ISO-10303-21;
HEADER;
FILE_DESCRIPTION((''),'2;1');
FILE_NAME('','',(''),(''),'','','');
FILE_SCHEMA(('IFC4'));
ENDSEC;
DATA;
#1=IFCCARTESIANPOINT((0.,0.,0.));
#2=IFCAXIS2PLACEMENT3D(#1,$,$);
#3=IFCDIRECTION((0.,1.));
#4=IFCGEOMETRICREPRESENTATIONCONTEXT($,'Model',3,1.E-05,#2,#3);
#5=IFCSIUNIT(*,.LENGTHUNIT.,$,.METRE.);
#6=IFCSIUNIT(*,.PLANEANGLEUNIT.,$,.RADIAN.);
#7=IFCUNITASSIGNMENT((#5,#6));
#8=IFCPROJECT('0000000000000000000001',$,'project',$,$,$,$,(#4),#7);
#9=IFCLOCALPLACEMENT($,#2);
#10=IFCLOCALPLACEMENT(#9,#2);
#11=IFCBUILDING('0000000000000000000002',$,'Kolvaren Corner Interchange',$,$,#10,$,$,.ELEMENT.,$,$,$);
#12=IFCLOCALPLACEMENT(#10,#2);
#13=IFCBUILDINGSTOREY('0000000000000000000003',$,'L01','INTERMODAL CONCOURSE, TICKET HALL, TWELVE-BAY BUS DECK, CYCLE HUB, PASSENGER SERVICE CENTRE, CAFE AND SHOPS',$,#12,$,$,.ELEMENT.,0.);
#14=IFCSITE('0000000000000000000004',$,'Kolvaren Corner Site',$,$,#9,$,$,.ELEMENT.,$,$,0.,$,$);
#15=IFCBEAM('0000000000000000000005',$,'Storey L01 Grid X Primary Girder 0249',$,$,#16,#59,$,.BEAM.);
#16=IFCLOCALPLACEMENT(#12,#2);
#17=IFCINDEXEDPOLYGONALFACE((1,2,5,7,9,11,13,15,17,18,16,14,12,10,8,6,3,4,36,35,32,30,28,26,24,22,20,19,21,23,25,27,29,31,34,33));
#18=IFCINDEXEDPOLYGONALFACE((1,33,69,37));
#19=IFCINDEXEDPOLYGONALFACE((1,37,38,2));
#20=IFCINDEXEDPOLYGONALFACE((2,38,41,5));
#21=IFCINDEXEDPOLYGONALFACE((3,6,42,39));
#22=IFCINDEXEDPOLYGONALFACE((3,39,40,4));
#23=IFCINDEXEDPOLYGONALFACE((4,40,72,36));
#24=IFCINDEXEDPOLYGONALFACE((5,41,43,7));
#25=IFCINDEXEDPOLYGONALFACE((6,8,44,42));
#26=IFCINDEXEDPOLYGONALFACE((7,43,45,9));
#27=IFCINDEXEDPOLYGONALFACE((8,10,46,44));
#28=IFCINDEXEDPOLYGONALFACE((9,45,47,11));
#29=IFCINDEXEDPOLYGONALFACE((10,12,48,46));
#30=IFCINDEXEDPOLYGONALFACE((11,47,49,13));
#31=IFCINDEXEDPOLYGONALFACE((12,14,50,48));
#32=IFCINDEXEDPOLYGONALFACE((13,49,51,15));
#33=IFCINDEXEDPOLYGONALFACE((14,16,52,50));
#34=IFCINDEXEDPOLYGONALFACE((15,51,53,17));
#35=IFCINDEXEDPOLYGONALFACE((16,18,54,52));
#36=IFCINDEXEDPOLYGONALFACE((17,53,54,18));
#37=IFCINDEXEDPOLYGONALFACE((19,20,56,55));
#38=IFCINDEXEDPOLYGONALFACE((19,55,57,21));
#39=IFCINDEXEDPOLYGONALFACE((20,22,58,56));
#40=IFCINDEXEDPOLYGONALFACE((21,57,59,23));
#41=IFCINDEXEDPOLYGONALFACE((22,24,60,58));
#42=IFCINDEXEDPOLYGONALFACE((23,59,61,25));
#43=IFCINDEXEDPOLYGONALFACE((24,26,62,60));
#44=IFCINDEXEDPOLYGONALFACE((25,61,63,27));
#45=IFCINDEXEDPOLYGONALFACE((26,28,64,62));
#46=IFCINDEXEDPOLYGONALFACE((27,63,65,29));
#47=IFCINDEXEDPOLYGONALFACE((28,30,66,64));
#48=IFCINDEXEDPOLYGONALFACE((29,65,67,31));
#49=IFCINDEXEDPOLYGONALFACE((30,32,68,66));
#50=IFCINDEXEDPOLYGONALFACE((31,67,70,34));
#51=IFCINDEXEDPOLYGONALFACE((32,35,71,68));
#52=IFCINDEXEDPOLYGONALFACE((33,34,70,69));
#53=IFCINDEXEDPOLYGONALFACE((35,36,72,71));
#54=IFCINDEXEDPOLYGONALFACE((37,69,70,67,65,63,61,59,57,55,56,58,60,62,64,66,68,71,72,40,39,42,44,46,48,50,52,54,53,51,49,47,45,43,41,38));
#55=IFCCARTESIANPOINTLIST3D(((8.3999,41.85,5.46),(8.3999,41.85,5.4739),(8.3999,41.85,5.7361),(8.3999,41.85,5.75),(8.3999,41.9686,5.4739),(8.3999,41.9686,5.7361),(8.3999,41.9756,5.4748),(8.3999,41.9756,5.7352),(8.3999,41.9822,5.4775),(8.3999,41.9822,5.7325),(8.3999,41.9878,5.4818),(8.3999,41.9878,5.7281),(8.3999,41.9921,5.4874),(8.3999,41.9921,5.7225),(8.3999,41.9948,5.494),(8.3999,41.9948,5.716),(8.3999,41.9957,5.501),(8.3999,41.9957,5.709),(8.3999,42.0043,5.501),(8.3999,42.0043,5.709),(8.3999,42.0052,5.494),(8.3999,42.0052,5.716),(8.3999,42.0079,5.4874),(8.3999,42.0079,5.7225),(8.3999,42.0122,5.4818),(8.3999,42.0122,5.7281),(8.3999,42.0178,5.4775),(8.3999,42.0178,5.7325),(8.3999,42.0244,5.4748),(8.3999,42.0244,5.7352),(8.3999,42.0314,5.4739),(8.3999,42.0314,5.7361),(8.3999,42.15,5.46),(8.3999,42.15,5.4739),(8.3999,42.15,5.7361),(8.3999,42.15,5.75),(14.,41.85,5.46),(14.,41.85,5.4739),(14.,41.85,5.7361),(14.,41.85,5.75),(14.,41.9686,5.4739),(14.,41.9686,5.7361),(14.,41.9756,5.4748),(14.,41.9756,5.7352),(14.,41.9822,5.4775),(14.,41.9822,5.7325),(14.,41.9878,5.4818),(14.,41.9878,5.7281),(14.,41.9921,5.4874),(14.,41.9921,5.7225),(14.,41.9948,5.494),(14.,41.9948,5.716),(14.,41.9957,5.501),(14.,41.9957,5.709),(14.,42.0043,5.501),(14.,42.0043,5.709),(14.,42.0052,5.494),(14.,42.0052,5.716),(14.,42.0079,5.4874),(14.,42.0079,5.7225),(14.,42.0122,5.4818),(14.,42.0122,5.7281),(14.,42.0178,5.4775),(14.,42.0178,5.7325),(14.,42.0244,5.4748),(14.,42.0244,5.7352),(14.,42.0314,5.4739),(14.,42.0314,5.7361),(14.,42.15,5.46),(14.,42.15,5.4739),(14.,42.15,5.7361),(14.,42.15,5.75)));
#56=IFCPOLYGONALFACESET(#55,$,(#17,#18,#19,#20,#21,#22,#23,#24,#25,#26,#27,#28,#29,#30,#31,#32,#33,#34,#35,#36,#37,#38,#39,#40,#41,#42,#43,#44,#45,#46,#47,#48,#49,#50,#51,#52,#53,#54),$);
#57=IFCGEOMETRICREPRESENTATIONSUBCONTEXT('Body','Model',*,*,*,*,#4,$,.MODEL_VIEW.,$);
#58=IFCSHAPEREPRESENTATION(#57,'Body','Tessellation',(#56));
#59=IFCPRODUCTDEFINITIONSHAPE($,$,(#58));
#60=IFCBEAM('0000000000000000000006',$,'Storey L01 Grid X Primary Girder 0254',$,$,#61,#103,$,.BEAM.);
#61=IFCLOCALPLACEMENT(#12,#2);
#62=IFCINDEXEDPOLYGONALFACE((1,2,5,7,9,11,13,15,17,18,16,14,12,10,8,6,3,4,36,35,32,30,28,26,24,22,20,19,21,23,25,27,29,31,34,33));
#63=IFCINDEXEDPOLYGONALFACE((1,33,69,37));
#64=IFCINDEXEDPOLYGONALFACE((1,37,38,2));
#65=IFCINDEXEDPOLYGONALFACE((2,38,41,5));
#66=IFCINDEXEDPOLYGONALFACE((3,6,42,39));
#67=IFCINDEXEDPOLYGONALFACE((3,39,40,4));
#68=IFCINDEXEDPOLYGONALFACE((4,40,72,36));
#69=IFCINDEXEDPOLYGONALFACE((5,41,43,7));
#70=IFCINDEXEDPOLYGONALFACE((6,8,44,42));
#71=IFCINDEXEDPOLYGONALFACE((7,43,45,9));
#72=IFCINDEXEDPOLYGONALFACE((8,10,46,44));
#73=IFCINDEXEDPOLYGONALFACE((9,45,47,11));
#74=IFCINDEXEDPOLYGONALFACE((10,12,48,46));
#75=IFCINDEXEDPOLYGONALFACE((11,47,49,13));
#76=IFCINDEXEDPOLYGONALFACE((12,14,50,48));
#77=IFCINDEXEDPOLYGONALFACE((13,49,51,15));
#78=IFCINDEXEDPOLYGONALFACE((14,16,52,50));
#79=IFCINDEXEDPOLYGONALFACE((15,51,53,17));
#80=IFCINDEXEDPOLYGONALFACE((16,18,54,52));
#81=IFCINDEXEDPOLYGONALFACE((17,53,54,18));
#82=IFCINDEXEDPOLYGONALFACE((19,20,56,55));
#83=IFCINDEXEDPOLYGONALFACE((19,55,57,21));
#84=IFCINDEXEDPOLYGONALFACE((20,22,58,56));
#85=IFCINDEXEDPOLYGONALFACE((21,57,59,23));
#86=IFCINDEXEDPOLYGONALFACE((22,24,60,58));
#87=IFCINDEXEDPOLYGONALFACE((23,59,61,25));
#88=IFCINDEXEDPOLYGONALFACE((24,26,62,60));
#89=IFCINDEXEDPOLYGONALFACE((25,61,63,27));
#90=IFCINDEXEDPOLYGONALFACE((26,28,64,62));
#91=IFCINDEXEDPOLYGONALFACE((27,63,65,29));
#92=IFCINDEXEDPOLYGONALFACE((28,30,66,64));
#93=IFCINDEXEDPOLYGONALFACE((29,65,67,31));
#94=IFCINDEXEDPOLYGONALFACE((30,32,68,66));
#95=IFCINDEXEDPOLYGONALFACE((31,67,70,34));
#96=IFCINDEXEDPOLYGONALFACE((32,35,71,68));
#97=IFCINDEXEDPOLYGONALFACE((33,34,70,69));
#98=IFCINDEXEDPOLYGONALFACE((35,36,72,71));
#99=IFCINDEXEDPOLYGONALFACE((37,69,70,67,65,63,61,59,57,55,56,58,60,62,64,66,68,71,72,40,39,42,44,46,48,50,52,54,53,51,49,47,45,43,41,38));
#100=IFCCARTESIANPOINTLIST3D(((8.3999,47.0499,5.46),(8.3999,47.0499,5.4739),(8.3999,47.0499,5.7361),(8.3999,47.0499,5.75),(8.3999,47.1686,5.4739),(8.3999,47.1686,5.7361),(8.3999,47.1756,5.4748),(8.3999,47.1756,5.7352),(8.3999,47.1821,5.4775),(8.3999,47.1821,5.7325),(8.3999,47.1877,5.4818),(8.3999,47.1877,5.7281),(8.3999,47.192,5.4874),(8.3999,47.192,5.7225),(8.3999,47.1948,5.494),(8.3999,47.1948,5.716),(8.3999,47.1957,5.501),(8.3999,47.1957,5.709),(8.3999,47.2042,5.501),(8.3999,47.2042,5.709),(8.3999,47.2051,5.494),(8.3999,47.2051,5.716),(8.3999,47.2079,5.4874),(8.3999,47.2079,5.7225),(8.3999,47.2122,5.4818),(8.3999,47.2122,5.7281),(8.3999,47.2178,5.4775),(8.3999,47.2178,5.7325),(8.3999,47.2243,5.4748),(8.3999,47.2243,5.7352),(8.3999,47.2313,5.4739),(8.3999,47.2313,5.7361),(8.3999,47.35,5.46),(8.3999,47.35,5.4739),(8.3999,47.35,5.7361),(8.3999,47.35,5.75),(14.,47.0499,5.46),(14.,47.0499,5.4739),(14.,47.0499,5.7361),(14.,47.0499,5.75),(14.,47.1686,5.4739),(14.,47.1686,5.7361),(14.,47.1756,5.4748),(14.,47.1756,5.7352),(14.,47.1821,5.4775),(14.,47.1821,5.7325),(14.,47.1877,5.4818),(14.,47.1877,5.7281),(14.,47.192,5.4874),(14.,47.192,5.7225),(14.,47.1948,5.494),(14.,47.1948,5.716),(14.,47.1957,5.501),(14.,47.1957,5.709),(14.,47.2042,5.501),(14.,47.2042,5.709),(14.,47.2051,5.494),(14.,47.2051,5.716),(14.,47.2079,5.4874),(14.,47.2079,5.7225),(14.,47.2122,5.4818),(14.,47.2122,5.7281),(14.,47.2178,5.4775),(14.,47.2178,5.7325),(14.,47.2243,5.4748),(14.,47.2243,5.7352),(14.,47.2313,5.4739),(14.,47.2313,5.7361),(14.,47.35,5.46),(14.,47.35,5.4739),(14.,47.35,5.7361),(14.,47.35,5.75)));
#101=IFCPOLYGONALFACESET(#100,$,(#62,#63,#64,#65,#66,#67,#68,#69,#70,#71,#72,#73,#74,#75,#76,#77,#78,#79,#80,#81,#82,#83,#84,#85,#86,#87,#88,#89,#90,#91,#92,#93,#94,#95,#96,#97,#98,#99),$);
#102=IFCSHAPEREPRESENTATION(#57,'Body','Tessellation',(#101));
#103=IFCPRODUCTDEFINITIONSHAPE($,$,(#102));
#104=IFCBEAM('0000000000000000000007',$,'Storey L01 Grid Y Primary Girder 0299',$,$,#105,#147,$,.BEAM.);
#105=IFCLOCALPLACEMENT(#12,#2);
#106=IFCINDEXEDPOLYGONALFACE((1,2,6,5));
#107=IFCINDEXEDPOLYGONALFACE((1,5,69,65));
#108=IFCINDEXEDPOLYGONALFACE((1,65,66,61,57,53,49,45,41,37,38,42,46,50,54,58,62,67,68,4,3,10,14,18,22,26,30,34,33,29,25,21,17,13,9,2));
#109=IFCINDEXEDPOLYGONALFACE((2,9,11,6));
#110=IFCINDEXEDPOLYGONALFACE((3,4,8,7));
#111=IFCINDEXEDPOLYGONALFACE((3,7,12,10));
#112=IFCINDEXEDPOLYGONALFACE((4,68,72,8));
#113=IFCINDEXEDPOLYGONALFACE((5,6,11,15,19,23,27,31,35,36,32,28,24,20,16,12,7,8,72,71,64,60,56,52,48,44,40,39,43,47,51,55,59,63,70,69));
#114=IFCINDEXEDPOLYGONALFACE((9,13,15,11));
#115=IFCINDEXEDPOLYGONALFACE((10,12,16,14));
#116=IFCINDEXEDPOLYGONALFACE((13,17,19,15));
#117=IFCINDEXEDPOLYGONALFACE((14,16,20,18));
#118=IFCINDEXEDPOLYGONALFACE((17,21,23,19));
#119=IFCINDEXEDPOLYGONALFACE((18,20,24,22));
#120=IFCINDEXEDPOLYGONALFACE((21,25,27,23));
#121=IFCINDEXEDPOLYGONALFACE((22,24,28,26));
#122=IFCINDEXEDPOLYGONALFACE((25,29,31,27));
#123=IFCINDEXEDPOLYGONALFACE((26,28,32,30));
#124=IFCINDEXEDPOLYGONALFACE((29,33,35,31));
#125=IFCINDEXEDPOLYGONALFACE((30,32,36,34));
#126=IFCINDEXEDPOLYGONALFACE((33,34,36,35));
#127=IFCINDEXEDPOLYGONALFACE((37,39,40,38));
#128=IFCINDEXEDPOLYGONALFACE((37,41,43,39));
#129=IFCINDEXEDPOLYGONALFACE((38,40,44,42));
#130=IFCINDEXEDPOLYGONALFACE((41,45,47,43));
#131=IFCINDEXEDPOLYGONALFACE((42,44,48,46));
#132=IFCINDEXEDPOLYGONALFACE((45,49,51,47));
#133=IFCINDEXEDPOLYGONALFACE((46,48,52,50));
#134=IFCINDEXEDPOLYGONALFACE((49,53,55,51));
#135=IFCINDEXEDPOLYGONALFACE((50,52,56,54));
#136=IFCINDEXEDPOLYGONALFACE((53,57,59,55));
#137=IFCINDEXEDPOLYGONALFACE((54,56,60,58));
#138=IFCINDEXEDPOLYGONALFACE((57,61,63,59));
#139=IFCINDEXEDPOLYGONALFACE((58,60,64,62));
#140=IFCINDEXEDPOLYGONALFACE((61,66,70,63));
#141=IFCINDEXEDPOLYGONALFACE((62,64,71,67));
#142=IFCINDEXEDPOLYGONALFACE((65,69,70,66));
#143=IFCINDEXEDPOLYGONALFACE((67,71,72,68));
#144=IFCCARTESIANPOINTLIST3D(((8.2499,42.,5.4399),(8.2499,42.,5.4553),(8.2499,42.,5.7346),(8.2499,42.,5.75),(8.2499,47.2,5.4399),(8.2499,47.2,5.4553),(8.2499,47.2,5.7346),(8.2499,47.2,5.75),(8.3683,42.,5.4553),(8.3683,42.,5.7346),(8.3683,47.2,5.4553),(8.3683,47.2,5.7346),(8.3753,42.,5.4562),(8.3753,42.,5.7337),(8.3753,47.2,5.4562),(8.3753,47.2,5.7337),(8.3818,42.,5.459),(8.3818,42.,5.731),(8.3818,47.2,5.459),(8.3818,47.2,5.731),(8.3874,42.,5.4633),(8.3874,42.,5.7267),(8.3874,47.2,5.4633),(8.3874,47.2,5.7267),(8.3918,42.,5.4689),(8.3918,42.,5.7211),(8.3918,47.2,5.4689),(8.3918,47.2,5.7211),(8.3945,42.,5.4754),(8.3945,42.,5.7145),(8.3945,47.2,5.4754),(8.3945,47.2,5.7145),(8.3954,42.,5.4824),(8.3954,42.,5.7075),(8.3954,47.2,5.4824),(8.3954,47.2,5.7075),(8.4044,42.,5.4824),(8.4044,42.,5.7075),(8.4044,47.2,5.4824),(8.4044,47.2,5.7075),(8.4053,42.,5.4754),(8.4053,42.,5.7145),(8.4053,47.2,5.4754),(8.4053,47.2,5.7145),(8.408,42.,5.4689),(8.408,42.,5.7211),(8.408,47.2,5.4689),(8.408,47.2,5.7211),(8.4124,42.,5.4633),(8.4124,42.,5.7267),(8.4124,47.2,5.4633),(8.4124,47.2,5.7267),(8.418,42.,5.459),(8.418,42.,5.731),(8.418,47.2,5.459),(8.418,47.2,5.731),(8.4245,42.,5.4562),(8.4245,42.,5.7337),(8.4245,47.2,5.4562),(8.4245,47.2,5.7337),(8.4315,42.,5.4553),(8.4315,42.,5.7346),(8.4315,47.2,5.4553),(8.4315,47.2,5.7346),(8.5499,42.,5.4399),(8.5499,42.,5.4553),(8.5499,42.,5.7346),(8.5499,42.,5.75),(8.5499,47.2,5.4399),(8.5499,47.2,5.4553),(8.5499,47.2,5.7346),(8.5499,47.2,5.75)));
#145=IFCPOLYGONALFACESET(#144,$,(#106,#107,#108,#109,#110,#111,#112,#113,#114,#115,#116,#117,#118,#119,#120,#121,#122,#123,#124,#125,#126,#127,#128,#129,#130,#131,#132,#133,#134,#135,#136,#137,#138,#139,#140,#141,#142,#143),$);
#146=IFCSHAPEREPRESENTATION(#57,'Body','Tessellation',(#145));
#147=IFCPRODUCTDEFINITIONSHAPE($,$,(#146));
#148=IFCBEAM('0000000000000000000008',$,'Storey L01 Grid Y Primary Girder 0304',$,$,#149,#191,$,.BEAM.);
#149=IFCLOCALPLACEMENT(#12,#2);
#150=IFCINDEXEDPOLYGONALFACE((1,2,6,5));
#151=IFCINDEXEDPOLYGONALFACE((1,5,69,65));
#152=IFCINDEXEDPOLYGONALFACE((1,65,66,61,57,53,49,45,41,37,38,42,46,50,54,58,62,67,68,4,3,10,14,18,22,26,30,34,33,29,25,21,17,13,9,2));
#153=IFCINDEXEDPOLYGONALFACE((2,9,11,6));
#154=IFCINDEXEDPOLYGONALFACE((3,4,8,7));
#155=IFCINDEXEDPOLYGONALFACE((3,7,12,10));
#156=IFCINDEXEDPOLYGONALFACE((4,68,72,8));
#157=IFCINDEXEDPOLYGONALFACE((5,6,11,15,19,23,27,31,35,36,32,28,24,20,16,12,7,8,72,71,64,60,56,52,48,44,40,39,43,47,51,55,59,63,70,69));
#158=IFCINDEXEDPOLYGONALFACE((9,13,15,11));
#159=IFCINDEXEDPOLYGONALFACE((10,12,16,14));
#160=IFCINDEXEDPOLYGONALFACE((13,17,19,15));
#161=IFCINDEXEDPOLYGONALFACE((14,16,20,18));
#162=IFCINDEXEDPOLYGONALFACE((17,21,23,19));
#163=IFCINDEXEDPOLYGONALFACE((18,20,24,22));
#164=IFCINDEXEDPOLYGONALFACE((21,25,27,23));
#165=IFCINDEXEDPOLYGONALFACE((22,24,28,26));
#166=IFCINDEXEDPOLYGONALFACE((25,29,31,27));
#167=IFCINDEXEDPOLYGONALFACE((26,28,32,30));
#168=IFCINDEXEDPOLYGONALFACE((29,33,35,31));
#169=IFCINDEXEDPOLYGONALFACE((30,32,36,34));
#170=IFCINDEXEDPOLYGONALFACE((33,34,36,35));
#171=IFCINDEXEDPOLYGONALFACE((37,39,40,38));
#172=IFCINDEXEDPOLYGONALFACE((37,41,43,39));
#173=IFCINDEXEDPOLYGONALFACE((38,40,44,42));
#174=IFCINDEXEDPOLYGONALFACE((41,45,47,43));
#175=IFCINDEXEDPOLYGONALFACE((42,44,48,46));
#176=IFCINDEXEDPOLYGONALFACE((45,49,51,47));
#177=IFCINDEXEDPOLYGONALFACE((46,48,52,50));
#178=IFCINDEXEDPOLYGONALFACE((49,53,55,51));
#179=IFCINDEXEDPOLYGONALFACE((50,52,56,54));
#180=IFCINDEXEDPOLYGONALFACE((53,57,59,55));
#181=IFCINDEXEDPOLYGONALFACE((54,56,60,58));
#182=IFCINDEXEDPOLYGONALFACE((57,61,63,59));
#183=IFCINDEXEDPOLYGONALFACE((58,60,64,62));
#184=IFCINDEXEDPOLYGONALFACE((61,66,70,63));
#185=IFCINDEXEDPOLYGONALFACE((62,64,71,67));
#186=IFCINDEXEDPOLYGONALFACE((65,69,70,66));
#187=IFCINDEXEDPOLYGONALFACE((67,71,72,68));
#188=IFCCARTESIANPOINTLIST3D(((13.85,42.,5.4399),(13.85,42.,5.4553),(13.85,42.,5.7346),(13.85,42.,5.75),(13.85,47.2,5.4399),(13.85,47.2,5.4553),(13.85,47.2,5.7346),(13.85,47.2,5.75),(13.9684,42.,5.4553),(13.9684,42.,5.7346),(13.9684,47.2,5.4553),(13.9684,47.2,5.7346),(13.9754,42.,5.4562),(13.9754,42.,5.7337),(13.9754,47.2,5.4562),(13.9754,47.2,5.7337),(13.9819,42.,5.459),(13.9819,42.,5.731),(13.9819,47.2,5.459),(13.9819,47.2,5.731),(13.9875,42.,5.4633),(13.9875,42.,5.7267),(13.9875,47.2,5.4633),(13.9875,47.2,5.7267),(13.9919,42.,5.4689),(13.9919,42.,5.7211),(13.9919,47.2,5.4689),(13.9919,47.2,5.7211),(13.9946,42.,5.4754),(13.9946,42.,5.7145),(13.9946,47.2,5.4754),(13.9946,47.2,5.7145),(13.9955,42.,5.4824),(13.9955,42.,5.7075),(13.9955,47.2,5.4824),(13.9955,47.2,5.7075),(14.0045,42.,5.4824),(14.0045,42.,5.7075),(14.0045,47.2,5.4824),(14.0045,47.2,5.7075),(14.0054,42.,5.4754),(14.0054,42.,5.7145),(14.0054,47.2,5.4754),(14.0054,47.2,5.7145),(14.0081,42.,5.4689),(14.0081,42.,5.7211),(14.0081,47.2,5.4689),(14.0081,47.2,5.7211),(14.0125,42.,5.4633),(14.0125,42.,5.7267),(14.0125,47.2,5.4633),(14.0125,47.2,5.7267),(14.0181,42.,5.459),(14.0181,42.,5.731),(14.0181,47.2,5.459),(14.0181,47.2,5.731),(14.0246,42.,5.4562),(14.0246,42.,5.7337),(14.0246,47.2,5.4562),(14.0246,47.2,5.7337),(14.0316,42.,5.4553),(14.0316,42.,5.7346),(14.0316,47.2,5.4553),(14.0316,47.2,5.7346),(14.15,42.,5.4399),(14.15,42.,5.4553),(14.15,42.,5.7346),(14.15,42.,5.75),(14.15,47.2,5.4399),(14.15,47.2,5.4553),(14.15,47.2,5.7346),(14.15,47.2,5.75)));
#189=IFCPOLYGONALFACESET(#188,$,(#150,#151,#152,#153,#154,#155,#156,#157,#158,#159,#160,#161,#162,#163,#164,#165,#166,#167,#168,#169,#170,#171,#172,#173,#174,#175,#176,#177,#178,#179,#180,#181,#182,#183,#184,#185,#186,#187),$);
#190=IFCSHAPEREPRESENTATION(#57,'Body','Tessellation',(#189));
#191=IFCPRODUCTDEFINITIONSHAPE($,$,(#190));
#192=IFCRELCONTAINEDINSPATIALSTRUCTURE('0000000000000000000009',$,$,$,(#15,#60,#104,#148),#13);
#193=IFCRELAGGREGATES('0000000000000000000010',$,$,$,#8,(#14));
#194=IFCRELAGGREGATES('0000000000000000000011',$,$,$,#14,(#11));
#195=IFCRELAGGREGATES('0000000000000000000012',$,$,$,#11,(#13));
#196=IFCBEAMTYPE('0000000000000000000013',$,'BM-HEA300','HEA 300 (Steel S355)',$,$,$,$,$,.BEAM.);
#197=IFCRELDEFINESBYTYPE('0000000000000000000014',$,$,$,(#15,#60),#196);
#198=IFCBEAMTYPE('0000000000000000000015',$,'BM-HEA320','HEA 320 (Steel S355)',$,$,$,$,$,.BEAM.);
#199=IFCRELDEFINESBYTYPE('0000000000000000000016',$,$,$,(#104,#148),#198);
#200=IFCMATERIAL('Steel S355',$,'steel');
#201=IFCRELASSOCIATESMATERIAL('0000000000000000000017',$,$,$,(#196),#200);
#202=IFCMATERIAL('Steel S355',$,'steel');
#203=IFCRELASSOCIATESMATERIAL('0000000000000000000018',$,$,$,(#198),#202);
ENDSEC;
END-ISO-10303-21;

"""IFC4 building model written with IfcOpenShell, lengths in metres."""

from ifc_helpers import new_model, si_unit, direction, frame, origin, origin_2d, place, context, subcontext, project, spatial, i_section, extrude, material, material_profile, profile_set, type_object, element, save


model = new_model("IFC4")

# Units and contexts
model_context = context("Model", 3, precision=1e-05, world=origin(), true_north=direction((0.0, 1.0)))
body_context = subcontext(model_context, "Body", "Model", "MODEL_VIEW")
ifc_project = project(units=[si_unit("LENGTHUNIT", "METRE"), si_unit("PLANEANGLEUNIT", "RADIAN")], contexts=[model_context])

# Site, building, storey
site_placement = place(None, origin())
site = spatial("IfcSite", under=ifc_project, at=site_placement, Name="Kolvaren Corner Site", CompositionType="ELEMENT", RefElevation=0.0)
building_placement = place(site_placement, origin())
building = spatial("IfcBuilding", under=site, at=building_placement, Name="Kolvaren Corner Interchange", CompositionType="ELEMENT")
storey_placement = place(building_placement, origin())
storey = spatial("IfcBuildingStorey", under=building, at=storey_placement, Name="L01", Description="INTERMODAL CONCOURSE, TICKET HALL, TWELVE-BAY BUS DECK, CYCLE HUB, PASSENGER SERVICE CENTRE, CAFE AND SHOPS", CompositionType="ELEMENT", Elevation=0.0)

# Beams
ifc_material_1 = material(Name="Steel S355", Category="steel")
ifc_material_profile_1 = material_profile(ifc_material_1, i_section(OverallWidth=0.3, OverallDepth=0.29, WebThickness=0.0085, FlangeThickness=0.0139, FilletRadius=0.0271, at=origin_2d()), Name="HEA 300")
ifc_profile_set_1 = profile_set([ifc_material_profile_1], Name="Steel S355")
beam_type_1 = type_object("IfcBeamType", Name="BM-HEA300", Description="HEA 300 (Steel S355)", PredefinedType="BEAM", material=ifc_profile_set_1)
for number, where, z_axis, x_axis, name in (
    (1, (8.3999, 42.0, 5.605), (1.0, 0.0, 0.0), (0.0, 1.0, 0.0), "Storey L01 Grid X Primary Girder 0249"),
    (2, (8.3999, 47.2, 5.605), (1.0, 0.0, 0.0), (0.0, 1.0, 0.0), "Storey L01 Grid X Primary Girder 0254"),
):
    element("IfcBeam", number, at=place(storey_placement, frame(where, z_axis=z_axis, x_axis=x_axis)), inside=storey, type_object=beam_type_1, Name=name, PredefinedType="BEAM", context=body_context, shape_type="SweptSolid", body=[
        extrude(i_section(OverallWidth=0.3, OverallDepth=0.29, WebThickness=0.0085, FlangeThickness=0.0139, FilletRadius=0.0271, at=origin_2d()), origin(), (0.0, 0.0, 1.0), 5.6001),
    ])
ifc_material_2 = material(Name="Steel S355", Category="steel")
ifc_material_profile_2 = material_profile(ifc_material_2, i_section(OverallWidth=0.3, OverallDepth=0.3101, WebThickness=0.009, FlangeThickness=0.0154, FilletRadius=0.0271, at=origin_2d()), Name="HEA 320")
ifc_profile_set_2 = profile_set([ifc_material_profile_2], Name="Steel S355")
beam_type_2 = type_object("IfcBeamType", Name="BM-HEA320", Description="HEA 320 (Steel S355)", PredefinedType="BEAM", material=ifc_profile_set_2)
for number, where, z_axis, x_axis, name in (
    (3, (8.3999, 42.0, 5.595), (0.0, 1.0, 0.0), (-1.0, 0.0, 0.0), "Storey L01 Grid Y Primary Girder 0299"),
    (4, (14.0, 42.0, 5.595), (0.0, 1.0, 0.0), (-1.0, 0.0, 0.0), "Storey L01 Grid Y Primary Girder 0304"),
):
    element("IfcBeam", number, at=place(storey_placement, frame(where, z_axis=z_axis, x_axis=x_axis)), inside=storey, type_object=beam_type_2, Name=name, PredefinedType="BEAM", context=body_context, shape_type="SweptSolid", body=[
        extrude(i_section(OverallWidth=0.3, OverallDepth=0.3101, WebThickness=0.009, FlangeThickness=0.0154, FilletRadius=0.0271, at=origin_2d()), origin(), (0.0, 0.0, 1.0), 5.2),
    ])

save(model, "model.ifc")
